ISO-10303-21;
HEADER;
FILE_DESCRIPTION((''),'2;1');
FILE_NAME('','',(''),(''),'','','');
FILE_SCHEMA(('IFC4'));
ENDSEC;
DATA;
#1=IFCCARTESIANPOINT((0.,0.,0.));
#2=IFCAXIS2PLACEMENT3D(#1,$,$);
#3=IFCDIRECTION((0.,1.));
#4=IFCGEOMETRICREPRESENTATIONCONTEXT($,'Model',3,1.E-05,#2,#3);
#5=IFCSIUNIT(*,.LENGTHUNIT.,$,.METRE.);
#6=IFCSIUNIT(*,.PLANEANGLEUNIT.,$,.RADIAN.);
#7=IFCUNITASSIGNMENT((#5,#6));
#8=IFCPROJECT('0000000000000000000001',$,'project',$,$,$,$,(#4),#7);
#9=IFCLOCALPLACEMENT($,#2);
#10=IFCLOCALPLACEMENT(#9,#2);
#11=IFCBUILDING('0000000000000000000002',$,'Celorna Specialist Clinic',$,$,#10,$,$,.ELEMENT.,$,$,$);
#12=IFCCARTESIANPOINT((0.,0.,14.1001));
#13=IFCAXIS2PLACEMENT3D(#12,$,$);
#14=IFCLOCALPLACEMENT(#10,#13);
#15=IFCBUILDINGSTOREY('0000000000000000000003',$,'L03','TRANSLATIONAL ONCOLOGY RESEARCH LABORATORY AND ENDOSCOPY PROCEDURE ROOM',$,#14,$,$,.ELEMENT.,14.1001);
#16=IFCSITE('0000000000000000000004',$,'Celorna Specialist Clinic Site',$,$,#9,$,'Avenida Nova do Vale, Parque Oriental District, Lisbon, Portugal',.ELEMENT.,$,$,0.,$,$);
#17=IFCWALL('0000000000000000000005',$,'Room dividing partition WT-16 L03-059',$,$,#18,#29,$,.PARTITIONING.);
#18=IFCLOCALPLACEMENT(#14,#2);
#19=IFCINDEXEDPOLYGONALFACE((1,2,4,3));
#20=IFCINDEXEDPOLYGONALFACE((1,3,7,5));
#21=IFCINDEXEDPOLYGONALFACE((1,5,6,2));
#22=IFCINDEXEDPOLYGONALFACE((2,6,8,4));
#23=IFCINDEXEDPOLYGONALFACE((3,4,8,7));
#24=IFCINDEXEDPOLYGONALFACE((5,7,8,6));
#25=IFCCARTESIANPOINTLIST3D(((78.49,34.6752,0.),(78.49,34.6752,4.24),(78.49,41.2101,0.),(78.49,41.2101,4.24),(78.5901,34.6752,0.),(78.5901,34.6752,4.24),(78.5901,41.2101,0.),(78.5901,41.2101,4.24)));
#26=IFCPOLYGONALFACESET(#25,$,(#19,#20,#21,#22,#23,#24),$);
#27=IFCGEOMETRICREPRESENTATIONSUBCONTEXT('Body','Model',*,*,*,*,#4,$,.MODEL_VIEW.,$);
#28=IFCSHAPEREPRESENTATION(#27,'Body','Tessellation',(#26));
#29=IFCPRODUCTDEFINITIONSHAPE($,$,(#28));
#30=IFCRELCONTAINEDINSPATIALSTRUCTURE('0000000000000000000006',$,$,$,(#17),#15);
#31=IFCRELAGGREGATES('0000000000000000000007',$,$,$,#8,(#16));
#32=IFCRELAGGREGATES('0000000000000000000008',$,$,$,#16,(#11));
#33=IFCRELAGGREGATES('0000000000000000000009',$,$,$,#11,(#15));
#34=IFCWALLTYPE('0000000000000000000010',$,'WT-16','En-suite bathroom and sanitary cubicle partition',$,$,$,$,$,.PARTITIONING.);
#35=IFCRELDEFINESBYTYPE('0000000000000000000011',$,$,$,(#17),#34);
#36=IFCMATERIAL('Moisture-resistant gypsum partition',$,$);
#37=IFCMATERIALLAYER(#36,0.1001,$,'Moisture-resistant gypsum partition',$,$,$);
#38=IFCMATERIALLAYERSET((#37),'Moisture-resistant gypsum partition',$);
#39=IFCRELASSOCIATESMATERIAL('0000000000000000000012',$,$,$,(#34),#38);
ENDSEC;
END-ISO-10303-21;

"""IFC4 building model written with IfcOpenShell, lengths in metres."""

from ifc_helpers import new_model, si_unit, direction, frame, frame_2d, origin, place, context, subcontext, project, spatial, rectangle, extrude, material, layer, layer_set, type_object, element, save


model = new_model("IFC4")

# Units and contexts
model_context = context("Model", 3, precision=1e-05, world=origin(), true_north=direction((0.0, 1.0)))
body_context = subcontext(model_context, "Body", "Model", "MODEL_VIEW")
ifc_project = project(units=[si_unit("LENGTHUNIT", "METRE"), si_unit("PLANEANGLEUNIT", "RADIAN")], contexts=[model_context])

# Site, building, storey
site_placement = place(None, origin())
site = spatial("IfcSite", under=ifc_project, at=site_placement, Name="Celorna Specialist Clinic Site", LongName="Avenida Nova do Vale, Parque Oriental District, Lisbon, Portugal", CompositionType="ELEMENT", RefElevation=0.0)
building_placement = place(site_placement, origin())
building = spatial("IfcBuilding", under=site, at=building_placement, Name="Celorna Specialist Clinic", CompositionType="ELEMENT")
storey_placement = place(building_placement, frame((0.0, 0.0, 14.1001)))
storey = spatial("IfcBuildingStorey", under=building, at=storey_placement, Name="L03", Description="TRANSLATIONAL ONCOLOGY RESEARCH LABORATORY AND ENDOSCOPY PROCEDURE ROOM", CompositionType="ELEMENT", Elevation=14.1001)

# Wall
ifc_material_1 = material(Name="Moisture-resistant gypsum partition")
ifc_layer_1 = layer(ifc_material_1, 0.1001, Name="Moisture-resistant gypsum partition")
ifc_layer_set_1 = layer_set([ifc_layer_1], Name="Moisture-resistant gypsum partition")
wall_type_1 = type_object("IfcWallType", Name="WT-16", Description="En-suite bathroom and sanitary cubicle partition", PredefinedType="PARTITIONING", material=ifc_layer_set_1)
wall_1_placement = place(storey_placement, frame((78.54, 34.675, 0.0), z_axis=(0.0, 0.0, 1.0), x_axis=(0.0, 1.0, 0.0)))
element("IfcWall", 1, at=wall_1_placement, inside=storey, type_object=wall_type_1, Name="Room dividing partition WT-16 L03-059", PredefinedType="PARTITIONING", context=body_context, shape_type="SweptSolid", body=[
    extrude(rectangle(XDim=6.5349, YDim=0.1001, at=frame_2d((3.2676, 0.0))), origin(), (0.0, 0.0, 1.0), 4.24),
])

save(model, "model.ifc")
